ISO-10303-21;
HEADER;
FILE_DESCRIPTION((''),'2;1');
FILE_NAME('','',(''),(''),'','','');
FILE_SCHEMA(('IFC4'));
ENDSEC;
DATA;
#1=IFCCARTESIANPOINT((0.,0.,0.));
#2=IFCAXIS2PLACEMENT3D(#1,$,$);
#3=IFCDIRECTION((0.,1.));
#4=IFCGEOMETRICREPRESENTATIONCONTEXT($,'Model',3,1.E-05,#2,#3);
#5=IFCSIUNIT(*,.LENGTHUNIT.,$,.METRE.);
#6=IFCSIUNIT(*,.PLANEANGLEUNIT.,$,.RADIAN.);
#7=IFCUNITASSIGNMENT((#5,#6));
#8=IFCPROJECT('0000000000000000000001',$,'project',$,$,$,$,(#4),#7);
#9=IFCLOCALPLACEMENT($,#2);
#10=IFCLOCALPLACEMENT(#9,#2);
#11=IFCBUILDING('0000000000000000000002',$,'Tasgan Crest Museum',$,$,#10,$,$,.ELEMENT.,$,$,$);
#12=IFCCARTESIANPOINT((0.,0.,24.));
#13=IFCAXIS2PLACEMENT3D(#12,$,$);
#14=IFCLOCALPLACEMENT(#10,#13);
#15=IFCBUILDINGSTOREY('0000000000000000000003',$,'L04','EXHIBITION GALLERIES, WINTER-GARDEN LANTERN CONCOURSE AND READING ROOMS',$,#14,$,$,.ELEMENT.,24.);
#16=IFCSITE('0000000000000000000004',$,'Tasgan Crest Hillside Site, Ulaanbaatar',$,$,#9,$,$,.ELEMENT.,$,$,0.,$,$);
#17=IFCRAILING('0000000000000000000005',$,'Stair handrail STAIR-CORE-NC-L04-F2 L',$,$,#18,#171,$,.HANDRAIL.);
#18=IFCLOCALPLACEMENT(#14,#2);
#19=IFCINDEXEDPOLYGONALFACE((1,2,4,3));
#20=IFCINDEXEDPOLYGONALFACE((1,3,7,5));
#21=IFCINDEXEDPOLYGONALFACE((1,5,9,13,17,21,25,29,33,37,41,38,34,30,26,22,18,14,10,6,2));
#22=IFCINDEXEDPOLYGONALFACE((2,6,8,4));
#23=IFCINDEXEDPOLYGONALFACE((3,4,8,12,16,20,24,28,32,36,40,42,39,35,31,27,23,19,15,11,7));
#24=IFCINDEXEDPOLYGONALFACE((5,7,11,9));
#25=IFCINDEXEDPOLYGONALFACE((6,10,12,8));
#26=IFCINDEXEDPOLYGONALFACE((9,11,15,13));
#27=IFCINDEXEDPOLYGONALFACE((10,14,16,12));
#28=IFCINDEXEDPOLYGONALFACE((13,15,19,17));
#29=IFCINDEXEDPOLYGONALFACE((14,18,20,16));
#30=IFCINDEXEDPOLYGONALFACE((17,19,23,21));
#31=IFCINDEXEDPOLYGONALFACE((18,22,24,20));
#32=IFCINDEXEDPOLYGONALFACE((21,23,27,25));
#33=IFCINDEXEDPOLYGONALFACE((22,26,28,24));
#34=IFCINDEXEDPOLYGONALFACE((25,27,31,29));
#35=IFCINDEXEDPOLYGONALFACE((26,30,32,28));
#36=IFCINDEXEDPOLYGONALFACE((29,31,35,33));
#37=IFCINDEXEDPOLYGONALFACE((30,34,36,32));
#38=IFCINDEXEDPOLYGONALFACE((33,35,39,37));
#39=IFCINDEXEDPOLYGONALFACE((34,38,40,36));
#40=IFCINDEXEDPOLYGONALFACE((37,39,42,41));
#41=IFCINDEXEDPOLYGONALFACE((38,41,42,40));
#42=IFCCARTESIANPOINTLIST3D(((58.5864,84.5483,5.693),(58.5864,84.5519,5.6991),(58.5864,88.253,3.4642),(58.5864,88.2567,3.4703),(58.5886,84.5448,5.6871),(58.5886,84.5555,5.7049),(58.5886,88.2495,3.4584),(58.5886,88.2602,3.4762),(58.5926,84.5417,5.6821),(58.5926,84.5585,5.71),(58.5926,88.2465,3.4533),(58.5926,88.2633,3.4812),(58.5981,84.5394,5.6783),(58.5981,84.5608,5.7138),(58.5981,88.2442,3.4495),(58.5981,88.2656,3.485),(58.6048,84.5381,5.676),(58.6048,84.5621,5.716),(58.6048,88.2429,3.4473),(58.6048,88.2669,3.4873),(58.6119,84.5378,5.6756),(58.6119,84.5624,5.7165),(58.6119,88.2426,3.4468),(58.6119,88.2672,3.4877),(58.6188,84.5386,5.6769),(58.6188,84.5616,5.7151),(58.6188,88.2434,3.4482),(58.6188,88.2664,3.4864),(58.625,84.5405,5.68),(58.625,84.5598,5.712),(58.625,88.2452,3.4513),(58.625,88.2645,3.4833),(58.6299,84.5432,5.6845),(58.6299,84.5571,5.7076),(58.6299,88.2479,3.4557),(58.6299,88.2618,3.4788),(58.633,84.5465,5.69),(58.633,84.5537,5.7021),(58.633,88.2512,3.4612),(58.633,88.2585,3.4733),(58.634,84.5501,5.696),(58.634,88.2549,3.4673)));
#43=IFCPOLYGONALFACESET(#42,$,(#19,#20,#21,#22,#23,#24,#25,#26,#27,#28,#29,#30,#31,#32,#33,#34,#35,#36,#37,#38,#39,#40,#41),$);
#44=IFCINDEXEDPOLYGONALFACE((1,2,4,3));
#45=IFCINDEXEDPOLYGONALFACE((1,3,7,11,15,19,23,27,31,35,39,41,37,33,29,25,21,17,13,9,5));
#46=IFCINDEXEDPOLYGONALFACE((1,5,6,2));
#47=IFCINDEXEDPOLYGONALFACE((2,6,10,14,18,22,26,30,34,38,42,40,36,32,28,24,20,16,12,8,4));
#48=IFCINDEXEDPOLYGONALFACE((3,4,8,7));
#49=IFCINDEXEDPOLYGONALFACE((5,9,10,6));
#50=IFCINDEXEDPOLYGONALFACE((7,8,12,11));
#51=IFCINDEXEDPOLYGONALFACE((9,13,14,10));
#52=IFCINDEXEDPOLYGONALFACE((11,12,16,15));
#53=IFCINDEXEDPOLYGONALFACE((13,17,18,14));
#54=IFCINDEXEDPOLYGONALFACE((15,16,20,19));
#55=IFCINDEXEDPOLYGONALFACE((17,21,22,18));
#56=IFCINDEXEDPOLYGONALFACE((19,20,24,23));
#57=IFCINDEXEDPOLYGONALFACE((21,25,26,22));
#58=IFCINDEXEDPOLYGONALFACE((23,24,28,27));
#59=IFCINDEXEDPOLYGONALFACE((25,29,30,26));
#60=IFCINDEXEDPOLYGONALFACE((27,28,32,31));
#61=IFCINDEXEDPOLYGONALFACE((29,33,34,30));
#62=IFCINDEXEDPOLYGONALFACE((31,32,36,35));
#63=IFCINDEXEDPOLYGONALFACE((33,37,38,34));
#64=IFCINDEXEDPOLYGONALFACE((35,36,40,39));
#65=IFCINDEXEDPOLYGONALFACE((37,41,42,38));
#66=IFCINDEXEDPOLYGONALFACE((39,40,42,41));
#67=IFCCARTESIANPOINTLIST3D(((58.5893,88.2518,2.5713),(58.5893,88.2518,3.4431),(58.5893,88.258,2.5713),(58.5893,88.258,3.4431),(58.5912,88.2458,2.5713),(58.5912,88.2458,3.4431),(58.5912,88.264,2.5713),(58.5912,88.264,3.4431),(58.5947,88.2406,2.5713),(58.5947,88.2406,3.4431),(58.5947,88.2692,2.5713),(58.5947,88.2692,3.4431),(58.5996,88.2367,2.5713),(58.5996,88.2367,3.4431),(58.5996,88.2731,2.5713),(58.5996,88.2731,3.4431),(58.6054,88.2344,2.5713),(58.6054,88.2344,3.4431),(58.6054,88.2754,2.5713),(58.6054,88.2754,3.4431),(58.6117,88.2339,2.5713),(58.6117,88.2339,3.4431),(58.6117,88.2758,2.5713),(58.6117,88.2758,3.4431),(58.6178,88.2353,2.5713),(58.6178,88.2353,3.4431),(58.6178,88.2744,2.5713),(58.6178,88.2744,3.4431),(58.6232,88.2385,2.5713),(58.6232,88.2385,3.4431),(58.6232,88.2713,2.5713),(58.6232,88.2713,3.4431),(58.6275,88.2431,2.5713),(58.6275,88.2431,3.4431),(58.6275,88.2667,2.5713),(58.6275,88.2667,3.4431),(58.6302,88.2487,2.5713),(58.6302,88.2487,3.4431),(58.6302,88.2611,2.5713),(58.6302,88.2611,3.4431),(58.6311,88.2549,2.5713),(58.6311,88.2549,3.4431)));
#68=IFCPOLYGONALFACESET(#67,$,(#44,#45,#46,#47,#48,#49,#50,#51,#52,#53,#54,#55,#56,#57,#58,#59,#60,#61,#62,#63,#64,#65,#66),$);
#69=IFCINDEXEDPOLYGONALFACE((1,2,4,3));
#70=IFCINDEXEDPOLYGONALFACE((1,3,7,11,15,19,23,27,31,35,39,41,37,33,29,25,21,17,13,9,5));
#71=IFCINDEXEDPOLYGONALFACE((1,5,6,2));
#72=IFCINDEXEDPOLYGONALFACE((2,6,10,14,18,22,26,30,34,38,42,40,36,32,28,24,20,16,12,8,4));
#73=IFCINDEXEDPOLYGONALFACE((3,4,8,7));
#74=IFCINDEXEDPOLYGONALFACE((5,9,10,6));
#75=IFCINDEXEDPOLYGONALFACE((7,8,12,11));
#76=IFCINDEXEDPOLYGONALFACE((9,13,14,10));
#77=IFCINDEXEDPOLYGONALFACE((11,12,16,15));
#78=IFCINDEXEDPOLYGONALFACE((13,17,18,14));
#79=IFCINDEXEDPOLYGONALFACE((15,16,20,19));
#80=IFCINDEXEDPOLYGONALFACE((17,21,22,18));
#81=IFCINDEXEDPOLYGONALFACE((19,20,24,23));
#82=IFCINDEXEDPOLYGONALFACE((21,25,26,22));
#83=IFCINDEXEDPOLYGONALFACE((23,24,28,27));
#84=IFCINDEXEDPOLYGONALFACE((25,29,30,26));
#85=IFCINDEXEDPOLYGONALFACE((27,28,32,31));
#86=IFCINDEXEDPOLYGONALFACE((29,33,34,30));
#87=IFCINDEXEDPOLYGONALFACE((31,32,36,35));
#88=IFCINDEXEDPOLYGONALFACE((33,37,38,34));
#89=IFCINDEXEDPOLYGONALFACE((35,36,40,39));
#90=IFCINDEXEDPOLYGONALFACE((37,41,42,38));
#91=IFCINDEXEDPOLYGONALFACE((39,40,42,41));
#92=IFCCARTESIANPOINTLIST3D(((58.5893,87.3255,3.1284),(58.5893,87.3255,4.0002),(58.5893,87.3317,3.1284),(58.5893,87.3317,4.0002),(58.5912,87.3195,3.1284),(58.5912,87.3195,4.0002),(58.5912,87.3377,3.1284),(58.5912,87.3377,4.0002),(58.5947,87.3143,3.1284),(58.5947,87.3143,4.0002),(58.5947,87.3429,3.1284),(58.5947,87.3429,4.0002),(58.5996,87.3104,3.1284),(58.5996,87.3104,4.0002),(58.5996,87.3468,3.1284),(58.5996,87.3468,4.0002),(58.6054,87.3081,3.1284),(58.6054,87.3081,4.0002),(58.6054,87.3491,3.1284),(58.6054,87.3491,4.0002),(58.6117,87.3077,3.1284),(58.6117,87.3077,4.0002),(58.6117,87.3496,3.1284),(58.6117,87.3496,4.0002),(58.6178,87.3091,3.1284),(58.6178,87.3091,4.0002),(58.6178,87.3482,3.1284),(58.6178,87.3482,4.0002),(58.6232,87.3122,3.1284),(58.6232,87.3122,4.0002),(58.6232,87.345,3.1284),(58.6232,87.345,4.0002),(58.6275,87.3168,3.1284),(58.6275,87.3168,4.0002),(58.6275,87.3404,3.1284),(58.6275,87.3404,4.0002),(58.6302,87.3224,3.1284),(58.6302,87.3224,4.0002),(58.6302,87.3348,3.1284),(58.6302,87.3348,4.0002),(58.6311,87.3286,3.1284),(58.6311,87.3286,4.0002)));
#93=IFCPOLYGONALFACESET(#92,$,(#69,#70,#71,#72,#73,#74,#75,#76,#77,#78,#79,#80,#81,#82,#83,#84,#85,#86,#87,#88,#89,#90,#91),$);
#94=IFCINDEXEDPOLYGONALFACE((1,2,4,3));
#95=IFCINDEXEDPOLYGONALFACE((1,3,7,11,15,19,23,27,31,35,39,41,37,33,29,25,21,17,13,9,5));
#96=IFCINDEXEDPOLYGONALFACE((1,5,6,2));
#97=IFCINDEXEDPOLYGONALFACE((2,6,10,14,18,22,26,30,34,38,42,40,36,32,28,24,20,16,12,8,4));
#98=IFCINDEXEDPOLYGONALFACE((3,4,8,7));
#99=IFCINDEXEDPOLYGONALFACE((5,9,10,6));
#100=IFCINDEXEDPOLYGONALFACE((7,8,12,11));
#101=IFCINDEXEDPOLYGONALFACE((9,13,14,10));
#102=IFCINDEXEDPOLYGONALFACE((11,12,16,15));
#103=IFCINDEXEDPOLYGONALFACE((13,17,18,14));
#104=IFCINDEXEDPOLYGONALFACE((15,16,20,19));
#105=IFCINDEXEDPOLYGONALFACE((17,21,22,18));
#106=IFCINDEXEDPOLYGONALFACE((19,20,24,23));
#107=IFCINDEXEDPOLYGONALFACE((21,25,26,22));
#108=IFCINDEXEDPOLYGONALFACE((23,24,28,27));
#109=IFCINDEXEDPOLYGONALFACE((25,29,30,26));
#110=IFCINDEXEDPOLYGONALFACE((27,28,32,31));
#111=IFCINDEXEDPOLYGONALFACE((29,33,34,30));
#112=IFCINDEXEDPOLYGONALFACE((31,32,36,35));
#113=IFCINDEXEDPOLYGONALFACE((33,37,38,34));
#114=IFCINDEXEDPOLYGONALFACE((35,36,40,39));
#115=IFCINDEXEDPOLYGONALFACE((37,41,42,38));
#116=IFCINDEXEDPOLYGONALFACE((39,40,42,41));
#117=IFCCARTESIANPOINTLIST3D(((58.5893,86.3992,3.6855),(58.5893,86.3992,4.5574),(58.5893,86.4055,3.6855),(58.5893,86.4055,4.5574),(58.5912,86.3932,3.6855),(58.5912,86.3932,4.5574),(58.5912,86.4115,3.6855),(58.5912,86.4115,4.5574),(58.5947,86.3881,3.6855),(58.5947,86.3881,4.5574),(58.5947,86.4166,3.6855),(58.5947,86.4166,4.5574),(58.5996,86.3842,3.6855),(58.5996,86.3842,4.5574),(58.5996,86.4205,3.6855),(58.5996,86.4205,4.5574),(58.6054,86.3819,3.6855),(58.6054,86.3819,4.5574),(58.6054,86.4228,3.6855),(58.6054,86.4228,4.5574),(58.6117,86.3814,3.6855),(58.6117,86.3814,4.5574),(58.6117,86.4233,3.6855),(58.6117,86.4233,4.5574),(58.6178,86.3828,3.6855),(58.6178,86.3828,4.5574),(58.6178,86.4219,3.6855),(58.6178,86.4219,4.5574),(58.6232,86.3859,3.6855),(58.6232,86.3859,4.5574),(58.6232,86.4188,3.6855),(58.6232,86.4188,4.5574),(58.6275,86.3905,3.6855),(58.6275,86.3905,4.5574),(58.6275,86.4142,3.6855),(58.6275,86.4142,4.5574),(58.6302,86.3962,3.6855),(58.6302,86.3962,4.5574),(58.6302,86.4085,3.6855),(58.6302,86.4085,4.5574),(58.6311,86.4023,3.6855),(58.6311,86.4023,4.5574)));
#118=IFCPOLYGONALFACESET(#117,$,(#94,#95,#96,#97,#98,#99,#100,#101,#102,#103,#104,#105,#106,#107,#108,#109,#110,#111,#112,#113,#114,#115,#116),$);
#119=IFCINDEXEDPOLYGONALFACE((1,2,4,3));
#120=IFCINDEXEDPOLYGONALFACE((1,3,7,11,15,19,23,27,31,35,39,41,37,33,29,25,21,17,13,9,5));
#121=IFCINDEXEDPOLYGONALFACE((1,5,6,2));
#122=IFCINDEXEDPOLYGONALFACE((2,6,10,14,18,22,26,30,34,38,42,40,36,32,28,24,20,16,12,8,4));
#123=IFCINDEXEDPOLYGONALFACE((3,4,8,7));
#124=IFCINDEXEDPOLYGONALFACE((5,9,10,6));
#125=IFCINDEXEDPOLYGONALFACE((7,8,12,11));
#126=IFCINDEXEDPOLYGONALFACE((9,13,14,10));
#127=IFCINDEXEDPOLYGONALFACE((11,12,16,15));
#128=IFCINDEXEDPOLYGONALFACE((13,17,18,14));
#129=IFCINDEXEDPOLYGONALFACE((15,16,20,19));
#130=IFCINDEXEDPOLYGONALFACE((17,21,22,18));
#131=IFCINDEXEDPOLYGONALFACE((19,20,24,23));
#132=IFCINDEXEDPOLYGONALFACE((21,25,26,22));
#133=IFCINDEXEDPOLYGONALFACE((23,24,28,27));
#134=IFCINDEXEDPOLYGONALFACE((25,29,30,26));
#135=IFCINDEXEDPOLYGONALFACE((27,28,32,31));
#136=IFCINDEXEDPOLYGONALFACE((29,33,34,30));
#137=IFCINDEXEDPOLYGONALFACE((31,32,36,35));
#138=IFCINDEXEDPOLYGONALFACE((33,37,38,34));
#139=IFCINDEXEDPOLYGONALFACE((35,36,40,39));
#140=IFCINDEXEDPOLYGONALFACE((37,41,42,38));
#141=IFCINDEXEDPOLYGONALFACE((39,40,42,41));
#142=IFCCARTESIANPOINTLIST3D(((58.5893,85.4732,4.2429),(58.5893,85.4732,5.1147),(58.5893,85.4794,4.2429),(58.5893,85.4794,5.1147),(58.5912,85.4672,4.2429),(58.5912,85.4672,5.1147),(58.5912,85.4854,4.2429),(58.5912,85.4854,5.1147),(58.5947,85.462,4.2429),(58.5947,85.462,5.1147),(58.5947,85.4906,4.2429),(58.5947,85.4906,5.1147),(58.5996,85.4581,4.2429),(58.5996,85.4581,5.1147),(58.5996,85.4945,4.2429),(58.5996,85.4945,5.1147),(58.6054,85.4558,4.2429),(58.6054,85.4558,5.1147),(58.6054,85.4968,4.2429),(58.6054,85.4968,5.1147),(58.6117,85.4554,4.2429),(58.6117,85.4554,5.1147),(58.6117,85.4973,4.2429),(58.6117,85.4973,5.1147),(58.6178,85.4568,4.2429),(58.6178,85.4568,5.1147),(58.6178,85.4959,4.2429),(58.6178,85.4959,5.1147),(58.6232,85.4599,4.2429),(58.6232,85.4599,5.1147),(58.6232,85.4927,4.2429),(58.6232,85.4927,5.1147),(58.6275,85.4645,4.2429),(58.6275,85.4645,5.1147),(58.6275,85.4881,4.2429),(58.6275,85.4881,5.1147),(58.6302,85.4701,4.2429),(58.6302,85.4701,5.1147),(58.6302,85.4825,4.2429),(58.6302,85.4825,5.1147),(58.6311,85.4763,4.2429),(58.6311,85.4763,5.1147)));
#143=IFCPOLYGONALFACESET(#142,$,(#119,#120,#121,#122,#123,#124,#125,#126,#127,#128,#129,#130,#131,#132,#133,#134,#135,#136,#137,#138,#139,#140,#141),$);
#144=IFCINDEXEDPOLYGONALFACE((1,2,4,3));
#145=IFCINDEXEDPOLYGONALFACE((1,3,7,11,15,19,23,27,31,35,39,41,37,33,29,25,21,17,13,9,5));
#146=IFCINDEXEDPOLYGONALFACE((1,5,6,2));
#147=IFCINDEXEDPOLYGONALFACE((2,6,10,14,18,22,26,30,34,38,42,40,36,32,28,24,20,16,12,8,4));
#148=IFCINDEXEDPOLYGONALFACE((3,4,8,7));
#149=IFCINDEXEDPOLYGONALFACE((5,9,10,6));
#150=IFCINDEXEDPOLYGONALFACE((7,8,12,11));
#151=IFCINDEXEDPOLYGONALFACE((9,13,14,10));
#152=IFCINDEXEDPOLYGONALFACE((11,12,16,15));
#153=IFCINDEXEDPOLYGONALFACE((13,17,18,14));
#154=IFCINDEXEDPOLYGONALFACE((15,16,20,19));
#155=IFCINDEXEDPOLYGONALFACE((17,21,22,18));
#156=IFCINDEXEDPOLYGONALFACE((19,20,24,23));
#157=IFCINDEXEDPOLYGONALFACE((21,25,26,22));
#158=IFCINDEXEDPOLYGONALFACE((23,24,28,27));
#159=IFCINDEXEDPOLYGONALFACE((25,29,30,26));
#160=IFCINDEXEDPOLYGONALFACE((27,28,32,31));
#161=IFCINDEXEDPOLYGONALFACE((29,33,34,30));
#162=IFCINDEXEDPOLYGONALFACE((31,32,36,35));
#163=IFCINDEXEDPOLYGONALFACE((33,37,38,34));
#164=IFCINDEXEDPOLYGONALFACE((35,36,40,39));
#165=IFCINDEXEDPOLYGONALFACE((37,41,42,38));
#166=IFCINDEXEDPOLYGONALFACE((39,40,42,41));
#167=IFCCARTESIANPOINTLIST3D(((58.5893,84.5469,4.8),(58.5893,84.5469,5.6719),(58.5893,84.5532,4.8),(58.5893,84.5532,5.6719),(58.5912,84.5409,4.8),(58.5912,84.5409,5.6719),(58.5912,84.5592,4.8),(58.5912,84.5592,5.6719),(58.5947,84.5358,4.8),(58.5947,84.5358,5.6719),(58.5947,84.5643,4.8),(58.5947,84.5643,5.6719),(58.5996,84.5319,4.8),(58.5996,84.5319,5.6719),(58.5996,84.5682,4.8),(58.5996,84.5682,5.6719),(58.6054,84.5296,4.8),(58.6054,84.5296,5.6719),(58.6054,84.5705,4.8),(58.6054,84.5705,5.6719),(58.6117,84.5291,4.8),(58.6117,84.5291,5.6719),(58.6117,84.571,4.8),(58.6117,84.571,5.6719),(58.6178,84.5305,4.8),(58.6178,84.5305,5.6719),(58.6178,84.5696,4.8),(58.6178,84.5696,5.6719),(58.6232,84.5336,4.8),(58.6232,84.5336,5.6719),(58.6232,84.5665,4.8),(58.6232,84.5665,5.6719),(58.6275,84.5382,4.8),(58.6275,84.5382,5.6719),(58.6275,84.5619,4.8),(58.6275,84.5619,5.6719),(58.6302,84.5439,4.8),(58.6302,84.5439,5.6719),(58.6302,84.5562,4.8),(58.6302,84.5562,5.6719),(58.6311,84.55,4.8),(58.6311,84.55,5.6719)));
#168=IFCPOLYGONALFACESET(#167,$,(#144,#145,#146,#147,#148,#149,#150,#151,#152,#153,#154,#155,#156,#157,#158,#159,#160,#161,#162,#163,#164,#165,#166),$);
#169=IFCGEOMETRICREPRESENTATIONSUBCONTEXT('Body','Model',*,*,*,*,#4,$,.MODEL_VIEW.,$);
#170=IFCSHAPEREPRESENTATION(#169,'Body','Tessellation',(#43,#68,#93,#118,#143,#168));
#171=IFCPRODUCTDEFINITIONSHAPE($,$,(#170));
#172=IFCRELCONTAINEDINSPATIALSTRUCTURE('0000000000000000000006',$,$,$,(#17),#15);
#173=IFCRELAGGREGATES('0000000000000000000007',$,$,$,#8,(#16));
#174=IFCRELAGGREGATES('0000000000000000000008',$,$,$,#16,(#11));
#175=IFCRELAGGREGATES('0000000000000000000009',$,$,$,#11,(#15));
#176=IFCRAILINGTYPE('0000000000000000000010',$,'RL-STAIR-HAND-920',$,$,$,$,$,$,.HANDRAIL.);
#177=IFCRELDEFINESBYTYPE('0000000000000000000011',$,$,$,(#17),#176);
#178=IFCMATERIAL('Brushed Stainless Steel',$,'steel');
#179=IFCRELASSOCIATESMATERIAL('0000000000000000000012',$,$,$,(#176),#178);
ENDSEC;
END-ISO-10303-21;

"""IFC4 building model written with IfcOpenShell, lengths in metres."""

from ifc_helpers import new_model, si_unit, direction, frame, origin, origin_2d, place, context, subcontext, project, spatial, circle, extrude, material, type_object, element, save


model = new_model("IFC4")

# Units and contexts
model_context = context("Model", 3, precision=1e-05, world=origin(), true_north=direction((0.0, 1.0)))
body_context = subcontext(model_context, "Body", "Model", "MODEL_VIEW")
ifc_project = project(units=[si_unit("LENGTHUNIT", "METRE"), si_unit("PLANEANGLEUNIT", "RADIAN")], contexts=[model_context])

# Site, building, storey
site_placement = place(None, origin())
site = spatial("IfcSite", under=ifc_project, at=site_placement, Name="Tasgan Crest Hillside Site, Ulaanbaatar", CompositionType="ELEMENT", RefElevation=0.0)
building_placement = place(site_placement, origin())
building = spatial("IfcBuilding", under=site, at=building_placement, Name="Tasgan Crest Museum", CompositionType="ELEMENT")
storey_placement = place(building_placement, frame((0.0, 0.0, 24.0)))
storey = spatial("IfcBuildingStorey", under=building, at=storey_placement, Name="L04", Description="EXHIBITION GALLERIES, WINTER-GARDEN LANTERN CONCOURSE AND READING ROOMS", CompositionType="ELEMENT", Elevation=24.0)

# Railing
ifc_material_1 = material(Name="Brushed Stainless Steel", Category="steel")
railing_type_1 = type_object("IfcRailingType", Name="RL-STAIR-HAND-920", PredefinedType="HANDRAIL", material=ifc_material_1)
for number, where, name in (
    (1, (58.6101, 88.2549, 2.5713), "Stair handrail STAIR-CORE-NC-L04-F2 L"),
):
    element("IfcRailing", number, at=place(storey_placement, frame(where)), inside=storey, type_object=railing_type_1, Name=name, PredefinedType="HANDRAIL", context=body_context, shape_type="SweptSolid", body=[
        extrude(circle(Radius=0.0239, at=origin_2d()), frame((0.0, 0.0, 0.896), z_axis=(0.0, -0.856894, 0.515492), x_axis=(1.0, 0.0, 0.0)), (0.0, 0.0, 1.0), 4.3235),
        extrude(circle(Radius=0.021, at=origin_2d()), origin(), (0.0, 0.0, 1.0), 0.8718),
        extrude(circle(Radius=0.021, at=origin_2d()), frame((0.0, -0.9263, 0.5571)), (0.0, 0.0, 1.0), 0.8718),
        extrude(circle(Radius=0.021, at=origin_2d()), frame((0.0, -1.8525, 1.1143)), (0.0, 0.0, 1.0), 0.8718),
        extrude(circle(Radius=0.021, at=origin_2d()), frame((0.0, -2.7786, 1.6716)), (0.0, 0.0, 1.0), 0.8718),
        extrude(circle(Radius=0.021, at=origin_2d()), frame((0.0, -3.7048, 2.2288)), (0.0, 0.0, 1.0), 0.8718),
    ])

save(model, "model.ifc")
